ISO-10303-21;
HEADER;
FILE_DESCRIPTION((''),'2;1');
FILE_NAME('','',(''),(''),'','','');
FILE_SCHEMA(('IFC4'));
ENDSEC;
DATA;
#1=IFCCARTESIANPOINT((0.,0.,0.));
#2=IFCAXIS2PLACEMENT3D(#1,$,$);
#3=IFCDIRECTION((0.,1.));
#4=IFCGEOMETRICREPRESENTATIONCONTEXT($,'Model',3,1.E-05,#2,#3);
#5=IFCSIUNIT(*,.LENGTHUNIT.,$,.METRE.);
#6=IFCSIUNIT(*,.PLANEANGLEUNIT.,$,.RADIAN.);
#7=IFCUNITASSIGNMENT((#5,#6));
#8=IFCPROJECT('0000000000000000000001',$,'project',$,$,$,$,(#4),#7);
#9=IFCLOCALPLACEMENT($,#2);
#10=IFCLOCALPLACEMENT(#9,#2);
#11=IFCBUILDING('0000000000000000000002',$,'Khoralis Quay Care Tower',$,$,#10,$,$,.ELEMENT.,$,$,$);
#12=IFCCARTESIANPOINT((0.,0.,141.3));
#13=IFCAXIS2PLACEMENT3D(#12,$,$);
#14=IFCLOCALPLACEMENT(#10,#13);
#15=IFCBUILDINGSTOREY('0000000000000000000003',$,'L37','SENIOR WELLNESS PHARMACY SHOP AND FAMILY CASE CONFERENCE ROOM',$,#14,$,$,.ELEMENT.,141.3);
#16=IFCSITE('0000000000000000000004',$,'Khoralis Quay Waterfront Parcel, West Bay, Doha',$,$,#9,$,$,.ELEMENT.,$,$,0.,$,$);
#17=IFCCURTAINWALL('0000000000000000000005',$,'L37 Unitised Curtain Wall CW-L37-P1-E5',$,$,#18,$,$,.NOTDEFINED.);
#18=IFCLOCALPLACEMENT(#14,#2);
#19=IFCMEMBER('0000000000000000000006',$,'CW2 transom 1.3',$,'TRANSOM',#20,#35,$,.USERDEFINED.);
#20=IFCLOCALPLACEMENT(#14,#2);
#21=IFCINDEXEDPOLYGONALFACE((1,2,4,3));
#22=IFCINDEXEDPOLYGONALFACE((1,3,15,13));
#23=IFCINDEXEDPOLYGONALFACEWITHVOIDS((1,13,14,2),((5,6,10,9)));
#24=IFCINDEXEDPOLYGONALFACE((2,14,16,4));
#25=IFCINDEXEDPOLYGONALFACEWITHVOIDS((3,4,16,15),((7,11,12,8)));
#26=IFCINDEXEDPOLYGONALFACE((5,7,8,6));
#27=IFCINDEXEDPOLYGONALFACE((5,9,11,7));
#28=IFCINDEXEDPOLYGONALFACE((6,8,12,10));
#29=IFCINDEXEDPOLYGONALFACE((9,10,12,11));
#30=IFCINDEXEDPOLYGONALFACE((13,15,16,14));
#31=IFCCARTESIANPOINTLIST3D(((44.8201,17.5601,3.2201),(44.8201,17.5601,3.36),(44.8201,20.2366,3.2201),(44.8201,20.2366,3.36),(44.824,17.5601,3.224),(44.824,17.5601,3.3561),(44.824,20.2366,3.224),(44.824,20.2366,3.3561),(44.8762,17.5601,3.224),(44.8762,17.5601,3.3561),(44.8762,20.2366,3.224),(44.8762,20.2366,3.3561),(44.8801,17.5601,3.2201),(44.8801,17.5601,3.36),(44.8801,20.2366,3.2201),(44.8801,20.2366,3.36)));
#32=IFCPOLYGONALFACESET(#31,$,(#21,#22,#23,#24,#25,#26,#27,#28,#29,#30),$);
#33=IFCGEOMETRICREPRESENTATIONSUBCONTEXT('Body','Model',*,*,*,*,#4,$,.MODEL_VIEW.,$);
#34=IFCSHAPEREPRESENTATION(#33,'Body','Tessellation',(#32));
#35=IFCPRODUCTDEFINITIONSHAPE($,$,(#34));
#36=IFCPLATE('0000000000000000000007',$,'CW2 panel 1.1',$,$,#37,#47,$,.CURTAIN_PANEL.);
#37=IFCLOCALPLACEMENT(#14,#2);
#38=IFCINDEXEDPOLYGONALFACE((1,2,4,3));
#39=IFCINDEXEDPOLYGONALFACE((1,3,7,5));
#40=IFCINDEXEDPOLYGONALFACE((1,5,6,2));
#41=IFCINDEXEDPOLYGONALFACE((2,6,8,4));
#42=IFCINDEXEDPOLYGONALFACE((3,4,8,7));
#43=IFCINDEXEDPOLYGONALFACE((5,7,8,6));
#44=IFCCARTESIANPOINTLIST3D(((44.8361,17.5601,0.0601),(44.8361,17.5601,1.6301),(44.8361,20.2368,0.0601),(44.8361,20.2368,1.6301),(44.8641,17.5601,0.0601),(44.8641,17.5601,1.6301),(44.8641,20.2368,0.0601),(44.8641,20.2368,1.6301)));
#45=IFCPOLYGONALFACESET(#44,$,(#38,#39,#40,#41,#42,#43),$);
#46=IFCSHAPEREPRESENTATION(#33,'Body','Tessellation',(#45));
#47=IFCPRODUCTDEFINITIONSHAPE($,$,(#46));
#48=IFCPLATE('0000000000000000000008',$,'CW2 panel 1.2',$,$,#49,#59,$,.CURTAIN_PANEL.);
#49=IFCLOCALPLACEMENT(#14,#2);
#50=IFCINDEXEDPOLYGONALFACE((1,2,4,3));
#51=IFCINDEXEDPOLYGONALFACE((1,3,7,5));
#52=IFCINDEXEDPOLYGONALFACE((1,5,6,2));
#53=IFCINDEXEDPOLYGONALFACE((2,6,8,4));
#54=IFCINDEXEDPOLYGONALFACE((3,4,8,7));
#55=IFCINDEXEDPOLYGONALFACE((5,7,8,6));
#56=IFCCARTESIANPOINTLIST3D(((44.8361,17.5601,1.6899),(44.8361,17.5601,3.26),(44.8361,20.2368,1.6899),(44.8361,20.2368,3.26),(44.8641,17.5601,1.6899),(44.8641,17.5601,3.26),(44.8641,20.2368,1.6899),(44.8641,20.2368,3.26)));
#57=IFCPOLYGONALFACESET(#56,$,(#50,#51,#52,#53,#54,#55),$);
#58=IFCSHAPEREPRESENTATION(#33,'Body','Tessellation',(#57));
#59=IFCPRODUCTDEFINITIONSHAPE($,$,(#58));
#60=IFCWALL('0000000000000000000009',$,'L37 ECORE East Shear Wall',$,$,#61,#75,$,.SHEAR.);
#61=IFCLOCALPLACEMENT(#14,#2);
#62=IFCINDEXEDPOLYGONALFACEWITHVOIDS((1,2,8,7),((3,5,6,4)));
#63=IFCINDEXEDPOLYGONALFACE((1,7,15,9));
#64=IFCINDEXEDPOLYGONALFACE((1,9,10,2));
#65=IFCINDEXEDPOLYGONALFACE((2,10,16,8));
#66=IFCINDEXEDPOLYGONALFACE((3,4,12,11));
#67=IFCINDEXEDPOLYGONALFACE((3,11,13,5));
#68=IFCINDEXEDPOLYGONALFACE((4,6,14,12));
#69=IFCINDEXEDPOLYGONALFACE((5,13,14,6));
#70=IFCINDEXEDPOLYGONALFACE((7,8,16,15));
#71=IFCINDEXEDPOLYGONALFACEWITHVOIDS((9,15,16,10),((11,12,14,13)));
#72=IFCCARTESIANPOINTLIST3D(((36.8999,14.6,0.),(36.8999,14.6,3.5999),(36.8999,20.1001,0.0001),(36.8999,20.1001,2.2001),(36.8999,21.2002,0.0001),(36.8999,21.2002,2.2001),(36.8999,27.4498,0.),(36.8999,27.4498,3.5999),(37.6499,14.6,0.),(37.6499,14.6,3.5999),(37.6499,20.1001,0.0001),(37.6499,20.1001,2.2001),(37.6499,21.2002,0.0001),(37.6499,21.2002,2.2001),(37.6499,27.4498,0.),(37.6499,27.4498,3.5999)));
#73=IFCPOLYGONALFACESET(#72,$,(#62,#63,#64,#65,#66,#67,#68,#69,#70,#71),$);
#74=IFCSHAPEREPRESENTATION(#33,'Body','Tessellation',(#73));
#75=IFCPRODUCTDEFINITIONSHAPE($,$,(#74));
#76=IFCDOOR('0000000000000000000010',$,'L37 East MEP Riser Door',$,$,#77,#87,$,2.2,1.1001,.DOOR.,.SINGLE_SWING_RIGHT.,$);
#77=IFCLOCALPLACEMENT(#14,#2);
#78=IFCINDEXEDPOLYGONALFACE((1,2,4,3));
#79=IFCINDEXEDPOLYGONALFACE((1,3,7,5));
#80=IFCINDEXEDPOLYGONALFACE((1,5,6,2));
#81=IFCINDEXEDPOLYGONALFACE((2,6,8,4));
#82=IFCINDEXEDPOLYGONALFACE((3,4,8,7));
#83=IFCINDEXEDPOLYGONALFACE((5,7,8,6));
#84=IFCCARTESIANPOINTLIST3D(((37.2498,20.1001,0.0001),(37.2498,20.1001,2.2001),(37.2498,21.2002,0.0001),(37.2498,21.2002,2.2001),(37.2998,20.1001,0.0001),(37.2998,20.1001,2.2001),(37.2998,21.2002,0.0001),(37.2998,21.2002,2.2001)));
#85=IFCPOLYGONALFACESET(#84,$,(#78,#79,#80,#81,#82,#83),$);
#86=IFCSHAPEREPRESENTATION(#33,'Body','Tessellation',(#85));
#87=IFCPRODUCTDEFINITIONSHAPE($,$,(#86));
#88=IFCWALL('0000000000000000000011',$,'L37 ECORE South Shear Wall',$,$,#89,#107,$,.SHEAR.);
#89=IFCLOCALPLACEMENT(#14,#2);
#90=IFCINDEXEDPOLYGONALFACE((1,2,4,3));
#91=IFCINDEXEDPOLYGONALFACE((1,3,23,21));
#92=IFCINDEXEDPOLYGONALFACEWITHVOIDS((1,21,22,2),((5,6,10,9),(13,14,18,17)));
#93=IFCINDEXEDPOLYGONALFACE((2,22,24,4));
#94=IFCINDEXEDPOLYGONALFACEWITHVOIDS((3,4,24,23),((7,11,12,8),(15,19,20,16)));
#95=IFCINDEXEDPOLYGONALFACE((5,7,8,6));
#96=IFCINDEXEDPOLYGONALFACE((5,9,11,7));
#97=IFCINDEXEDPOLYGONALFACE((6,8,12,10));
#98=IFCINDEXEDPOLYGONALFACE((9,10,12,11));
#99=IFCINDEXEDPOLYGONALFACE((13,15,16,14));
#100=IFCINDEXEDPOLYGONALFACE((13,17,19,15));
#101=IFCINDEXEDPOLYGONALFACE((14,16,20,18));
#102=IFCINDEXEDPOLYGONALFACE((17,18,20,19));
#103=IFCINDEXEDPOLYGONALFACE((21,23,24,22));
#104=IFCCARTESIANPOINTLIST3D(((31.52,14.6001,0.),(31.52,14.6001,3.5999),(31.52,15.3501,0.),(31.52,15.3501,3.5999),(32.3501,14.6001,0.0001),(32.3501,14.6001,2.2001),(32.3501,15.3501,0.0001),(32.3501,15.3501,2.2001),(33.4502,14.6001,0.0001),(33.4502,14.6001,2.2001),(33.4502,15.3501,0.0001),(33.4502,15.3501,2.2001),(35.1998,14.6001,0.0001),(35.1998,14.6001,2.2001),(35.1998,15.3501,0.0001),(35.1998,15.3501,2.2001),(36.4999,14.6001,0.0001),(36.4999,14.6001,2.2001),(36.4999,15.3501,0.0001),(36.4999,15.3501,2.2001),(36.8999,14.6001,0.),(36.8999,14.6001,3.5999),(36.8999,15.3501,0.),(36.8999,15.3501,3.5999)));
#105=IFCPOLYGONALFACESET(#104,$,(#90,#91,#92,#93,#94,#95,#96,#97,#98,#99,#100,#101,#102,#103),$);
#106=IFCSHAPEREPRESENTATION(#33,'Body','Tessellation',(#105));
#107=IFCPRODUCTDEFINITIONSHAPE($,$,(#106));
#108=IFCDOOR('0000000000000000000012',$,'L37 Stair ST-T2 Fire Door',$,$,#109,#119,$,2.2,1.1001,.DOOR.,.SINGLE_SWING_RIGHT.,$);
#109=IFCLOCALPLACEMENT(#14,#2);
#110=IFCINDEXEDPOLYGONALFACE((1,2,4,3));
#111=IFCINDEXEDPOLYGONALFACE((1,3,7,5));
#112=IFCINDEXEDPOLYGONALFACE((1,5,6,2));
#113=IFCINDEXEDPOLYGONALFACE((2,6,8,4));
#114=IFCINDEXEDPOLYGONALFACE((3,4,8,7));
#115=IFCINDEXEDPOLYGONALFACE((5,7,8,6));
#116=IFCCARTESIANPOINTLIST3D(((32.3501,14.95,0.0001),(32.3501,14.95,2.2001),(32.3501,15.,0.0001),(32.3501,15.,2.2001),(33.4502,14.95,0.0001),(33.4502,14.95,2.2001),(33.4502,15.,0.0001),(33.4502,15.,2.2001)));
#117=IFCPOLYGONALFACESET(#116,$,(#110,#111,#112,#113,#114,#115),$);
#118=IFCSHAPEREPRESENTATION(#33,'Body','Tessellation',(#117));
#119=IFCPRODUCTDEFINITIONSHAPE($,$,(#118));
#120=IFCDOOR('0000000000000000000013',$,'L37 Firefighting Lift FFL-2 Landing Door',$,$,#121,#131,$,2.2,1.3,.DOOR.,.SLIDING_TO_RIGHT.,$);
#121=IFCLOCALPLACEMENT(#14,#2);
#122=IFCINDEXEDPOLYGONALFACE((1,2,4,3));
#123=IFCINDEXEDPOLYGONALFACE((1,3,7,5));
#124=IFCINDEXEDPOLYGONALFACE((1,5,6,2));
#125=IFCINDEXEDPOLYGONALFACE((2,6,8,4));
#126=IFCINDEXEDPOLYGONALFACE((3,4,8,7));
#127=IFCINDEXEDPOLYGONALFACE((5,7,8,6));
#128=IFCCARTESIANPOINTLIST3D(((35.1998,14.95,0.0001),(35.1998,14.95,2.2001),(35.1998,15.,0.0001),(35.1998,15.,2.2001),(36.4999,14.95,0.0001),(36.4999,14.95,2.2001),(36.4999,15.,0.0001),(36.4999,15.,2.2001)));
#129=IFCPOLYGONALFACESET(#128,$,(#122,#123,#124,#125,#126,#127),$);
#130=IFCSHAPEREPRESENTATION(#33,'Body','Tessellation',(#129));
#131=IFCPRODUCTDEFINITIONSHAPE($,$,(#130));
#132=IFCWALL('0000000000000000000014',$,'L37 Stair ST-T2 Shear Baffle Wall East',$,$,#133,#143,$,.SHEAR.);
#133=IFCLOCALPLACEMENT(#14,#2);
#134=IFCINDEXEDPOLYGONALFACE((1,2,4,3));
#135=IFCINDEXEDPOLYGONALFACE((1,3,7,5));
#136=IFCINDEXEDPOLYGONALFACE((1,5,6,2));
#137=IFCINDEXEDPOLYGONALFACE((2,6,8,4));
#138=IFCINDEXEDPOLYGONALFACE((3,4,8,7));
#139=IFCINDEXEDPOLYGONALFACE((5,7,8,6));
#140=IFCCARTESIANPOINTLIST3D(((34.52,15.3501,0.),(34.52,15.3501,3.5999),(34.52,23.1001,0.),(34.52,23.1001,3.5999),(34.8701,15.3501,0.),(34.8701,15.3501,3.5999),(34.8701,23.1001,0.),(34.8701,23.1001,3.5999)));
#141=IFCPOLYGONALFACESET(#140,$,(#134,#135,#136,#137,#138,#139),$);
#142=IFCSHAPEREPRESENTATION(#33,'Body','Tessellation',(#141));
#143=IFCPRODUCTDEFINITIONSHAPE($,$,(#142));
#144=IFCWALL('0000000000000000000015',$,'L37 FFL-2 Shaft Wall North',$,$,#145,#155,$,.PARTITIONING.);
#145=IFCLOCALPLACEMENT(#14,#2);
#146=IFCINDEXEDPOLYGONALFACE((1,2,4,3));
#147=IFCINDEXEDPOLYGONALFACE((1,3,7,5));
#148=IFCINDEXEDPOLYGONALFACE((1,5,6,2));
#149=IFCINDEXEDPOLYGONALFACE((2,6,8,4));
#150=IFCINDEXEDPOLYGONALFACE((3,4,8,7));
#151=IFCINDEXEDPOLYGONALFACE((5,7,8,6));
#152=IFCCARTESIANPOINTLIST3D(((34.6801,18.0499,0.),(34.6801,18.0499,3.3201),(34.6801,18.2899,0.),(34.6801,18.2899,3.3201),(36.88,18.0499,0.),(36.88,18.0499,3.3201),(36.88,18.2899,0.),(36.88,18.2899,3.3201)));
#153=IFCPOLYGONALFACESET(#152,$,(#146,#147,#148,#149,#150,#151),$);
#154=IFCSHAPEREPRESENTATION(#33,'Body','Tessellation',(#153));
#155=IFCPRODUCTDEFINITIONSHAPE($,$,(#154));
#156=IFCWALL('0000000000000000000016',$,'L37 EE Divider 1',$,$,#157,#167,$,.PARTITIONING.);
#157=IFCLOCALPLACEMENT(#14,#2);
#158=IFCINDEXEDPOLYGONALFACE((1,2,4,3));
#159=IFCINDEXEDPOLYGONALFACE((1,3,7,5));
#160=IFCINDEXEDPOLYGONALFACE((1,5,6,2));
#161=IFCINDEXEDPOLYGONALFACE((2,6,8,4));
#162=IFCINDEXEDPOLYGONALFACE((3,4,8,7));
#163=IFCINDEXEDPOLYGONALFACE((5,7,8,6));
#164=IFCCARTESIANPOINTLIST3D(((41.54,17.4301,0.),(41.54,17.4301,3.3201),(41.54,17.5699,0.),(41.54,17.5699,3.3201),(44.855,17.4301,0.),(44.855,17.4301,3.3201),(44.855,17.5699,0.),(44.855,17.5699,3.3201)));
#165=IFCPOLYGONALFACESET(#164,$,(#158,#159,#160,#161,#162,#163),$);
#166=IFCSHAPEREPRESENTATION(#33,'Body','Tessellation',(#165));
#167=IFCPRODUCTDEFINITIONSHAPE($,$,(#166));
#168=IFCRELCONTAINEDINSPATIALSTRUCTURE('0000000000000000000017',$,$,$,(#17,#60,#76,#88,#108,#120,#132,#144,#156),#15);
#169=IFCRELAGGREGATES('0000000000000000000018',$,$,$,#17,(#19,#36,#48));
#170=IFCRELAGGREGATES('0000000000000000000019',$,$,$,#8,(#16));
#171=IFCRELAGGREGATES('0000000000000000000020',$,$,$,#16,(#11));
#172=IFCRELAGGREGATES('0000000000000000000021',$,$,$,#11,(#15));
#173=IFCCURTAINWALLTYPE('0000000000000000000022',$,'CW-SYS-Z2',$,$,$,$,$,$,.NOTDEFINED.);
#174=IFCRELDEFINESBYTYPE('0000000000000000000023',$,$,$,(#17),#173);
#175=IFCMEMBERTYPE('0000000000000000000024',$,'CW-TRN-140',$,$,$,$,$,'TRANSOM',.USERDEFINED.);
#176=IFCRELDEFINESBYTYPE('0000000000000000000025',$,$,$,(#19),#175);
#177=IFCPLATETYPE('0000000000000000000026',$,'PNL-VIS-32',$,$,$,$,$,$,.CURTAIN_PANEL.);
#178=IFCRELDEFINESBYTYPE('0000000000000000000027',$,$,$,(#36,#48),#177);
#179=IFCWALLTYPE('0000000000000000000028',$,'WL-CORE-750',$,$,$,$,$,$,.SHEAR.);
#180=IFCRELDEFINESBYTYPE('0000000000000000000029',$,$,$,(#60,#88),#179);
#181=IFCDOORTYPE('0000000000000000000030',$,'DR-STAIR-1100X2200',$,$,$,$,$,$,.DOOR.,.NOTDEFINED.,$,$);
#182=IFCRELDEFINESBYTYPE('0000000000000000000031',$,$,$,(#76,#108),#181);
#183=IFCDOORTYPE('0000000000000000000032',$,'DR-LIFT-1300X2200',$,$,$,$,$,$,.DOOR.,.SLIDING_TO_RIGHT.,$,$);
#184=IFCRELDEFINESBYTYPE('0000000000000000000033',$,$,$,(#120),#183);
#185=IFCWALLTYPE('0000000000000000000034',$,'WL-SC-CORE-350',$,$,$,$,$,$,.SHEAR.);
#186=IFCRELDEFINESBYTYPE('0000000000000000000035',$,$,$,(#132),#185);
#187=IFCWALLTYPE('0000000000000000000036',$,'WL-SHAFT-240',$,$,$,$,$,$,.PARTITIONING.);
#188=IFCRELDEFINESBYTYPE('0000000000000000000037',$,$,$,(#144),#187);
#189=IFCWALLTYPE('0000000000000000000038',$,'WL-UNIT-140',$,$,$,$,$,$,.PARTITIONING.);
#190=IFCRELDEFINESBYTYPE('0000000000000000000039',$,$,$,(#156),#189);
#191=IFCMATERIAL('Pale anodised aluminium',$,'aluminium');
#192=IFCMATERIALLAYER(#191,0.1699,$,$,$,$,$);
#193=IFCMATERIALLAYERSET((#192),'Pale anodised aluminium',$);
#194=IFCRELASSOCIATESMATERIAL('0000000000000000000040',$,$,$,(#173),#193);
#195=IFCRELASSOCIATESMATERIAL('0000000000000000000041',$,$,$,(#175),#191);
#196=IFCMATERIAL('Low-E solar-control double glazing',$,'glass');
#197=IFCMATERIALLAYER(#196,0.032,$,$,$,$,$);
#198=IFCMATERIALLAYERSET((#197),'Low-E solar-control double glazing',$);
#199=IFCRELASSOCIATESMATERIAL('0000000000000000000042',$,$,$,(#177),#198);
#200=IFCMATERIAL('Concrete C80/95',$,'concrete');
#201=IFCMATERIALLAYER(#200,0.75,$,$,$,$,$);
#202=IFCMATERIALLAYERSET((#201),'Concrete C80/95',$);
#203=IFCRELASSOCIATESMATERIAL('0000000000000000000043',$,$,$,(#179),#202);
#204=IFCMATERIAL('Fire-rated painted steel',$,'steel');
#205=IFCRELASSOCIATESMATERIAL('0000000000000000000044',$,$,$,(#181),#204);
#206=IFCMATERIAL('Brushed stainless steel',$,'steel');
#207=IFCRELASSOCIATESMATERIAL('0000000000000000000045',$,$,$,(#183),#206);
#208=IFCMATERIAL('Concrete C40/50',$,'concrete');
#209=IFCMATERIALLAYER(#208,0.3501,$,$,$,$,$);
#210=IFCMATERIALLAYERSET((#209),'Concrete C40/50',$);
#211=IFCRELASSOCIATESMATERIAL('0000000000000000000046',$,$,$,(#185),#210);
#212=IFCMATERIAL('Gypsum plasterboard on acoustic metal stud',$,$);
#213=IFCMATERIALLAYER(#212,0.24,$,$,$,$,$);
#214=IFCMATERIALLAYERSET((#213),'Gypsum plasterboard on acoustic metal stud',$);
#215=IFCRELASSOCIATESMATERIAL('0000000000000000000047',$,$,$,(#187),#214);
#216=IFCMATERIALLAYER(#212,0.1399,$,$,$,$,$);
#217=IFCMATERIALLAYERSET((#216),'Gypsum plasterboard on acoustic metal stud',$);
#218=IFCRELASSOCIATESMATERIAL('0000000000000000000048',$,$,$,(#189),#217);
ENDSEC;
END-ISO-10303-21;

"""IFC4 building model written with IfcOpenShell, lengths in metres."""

from ifc_helpers import new_model, si_unit, direction, frame, frame_2d, origin, origin_2d, place, context, subcontext, project, spatial, rectangle, hollow_rectangle, extrude, source, transform, mapped, material, layer, layer_set, material_profile, profile_set, type_object, element, fill, aggregate, save


model = new_model("IFC4")

# Units and contexts
model_context = context("Model", 3, precision=1e-05, world=origin(), true_north=direction((0.0, 1.0)))
body_context = subcontext(model_context, "Body", "Model", "MODEL_VIEW")
ifc_project = project(units=[si_unit("LENGTHUNIT", "METRE"), si_unit("PLANEANGLEUNIT", "RADIAN")], contexts=[model_context])

# Site, building, storey
site_placement = place(None, origin())
site = spatial("IfcSite", under=ifc_project, at=site_placement, Name="Khoralis Quay Waterfront Parcel, West Bay, Doha", CompositionType="ELEMENT", RefElevation=0.0)
building_placement = place(site_placement, origin())
building = spatial("IfcBuilding", under=site, at=building_placement, Name="Khoralis Quay Care Tower", CompositionType="ELEMENT")
storey_placement = place(building_placement, frame((0.0, 0.0, 141.3)))
storey = spatial("IfcBuildingStorey", under=building, at=storey_placement, Name="L37", Description="SENIOR WELLNESS PHARMACY SHOP AND FAMILY CASE CONFERENCE ROOM", CompositionType="ELEMENT", Elevation=141.3)

# Curtain wall, member, plates
ifc_material_1 = material(Name="Pale anodised aluminium", Category="aluminium")
ifc_layer_1 = layer(ifc_material_1, 0.1699)
ifc_layer_set_1 = layer_set([ifc_layer_1], Name="Pale anodised aluminium")
curtain_wall_type = type_object("IfcCurtainWallType", Name="CW-SYS-Z2", PredefinedType="NOTDEFINED", material=ifc_layer_set_1)
curtain_wall_placement = place(storey_placement, origin())
curtain_wall = element("IfcCurtainWall", 1, at=curtain_wall_placement, inside=storey, type_object=curtain_wall_type, Name="L37 Unitised Curtain Wall CW-L37-P1-E5", PredefinedType="NOTDEFINED")
ifc_material_profile_1 = material_profile(ifc_material_1, hollow_rectangle(XDim=0.0601, YDim=0.1399, WallThickness=0.0039, at=origin_2d()), Name="Pale anodised aluminium")
ifc_profile_set_1 = profile_set([ifc_material_profile_1], Name="Pale anodised aluminium")
member_type_1 = type_object("IfcMemberType", Name="CW-TRN-140", ElementType="TRANSOM", PredefinedType="USERDEFINED", material=ifc_profile_set_1)
shared_shape_1 = source(origin(), body_context, "Body", "SweptSolid", [
    extrude(hollow_rectangle(XDim=0.0601, YDim=0.1399, WallThickness=0.0039, at=origin_2d()), origin(), (0.0, 0.0, 1.0), 2.6765),
])
member_1_placement = place(storey_placement, frame((44.8501, 17.5601, 3.29), z_axis=(0.0, 1.0, 0.0), x_axis=(-1.0, 0.0, 0.0)))
member_1 = element("IfcMember", 2, at=member_1_placement, type_object=member_type_1, Name="CW2 transom 1.3", ObjectType="TRANSOM", PredefinedType="USERDEFINED", context=body_context, shape_type="MappedRepresentation", body=[
    mapped(shared_shape_1, transform((0.0, 0.0, 0.0), scale=1.0)),
])
ifc_material_2 = material(Name="Low-E solar-control double glazing", Category="glass")
ifc_layer_2 = layer(ifc_material_2, 0.032)
ifc_layer_set_2 = layer_set([ifc_layer_2], Name="Low-E solar-control double glazing")
plate_type = type_object("IfcPlateType", Name="PNL-VIS-32", PredefinedType="CURTAIN_PANEL", material=ifc_layer_set_2)
shared_shape_2 = source(origin(), body_context, "Body", "SweptSolid", [
    extrude(rectangle(XDim=2.6768, YDim=0.0281, at=origin_2d()), origin(), (0.0, 0.0, 1.0), 1.5701),
])
plate_1_placement = place(storey_placement, frame((44.8501, 18.8984, 0.0601), z_axis=(0.0, 0.0, 1.0), x_axis=(0.0, 1.0, 0.0)))
plate_1 = element("IfcPlate", 3, at=plate_1_placement, type_object=plate_type, Name="CW2 panel 1.1", PredefinedType="CURTAIN_PANEL", context=body_context, shape_type="MappedRepresentation", body=[
    mapped(shared_shape_2, transform((0.0, 0.0, 0.0), scale=1.0)),
])
plate_2_placement = place(storey_placement, frame((44.8501, 18.8984, 1.6899), z_axis=(0.0, 0.0, 1.0), x_axis=(0.0, 1.0, 0.0)))
plate_2 = element("IfcPlate", 4, at=plate_2_placement, type_object=plate_type, Name="CW2 panel 1.2", PredefinedType="CURTAIN_PANEL", context=body_context, shape_type="MappedRepresentation", body=[
    mapped(shared_shape_2, transform((0.0, 0.0, 0.0), scale=1.0)),
])
aggregate(curtain_wall, [member_1, plate_1, plate_2])

# Wall, opening, door
ifc_material_3 = material(Name="Concrete C80/95", Category="concrete")
ifc_layer_3 = layer(ifc_material_3, 0.75)
ifc_layer_set_3 = layer_set([ifc_layer_3], Name="Concrete C80/95")
wall_type_1 = type_object("IfcWallType", Name="WL-CORE-750", PredefinedType="SHEAR", material=ifc_layer_set_3)
wall_1_placement = place(storey_placement, frame((37.2749, 14.6001, 0.0), z_axis=(0.0, 0.0, 1.0), x_axis=(0.0, 1.0, 0.0)))
wall_1 = element("IfcWall", 5, at=wall_1_placement, inside=storey, type_object=wall_type_1, Name="L37 ECORE East Shear Wall", PredefinedType="SHEAR", context=body_context, shape_type="SweptSolid", body=[
    extrude(rectangle(XDim=12.8499, YDim=0.75, at=frame_2d((6.4248, 0.0))), origin(), (0.0, 0.0, 1.0), 3.5999),
])
opening_1_placement = place(wall_1_placement, frame((5.5, 0.0, 0.0)))
opening_1 = element("IfcOpeningElement", 6, at=opening_1_placement, cuts=wall_1, PredefinedType="OPENING", context=body_context, shape_type="SweptSolid", body=[
    extrude(rectangle(XDim=1.1001, YDim=2.2, at=frame_2d((0.55, 1.1001))), frame((0.0, 0.385, 0.0), z_axis=(0.0, -1.0, 0.0), x_axis=(1.0, 0.0, 0.0)), (0.0, 0.0, 1.0), 0.77),
])
ifc_material_4 = material(Name="Fire-rated painted steel", Category="steel")
door_type_1 = type_object("IfcDoorType", Name="DR-STAIR-1100X2200", OperationType="NOTDEFINED", PredefinedType="DOOR", material=ifc_material_4)
shared_shape_3 = source(origin(), body_context, "Body", "SweptSolid", [
    extrude(rectangle(XDim=1.1001, YDim=2.2, at=frame_2d((0.55, 1.1001))), frame((0.0, 0.0249, 0.0), z_axis=(0.0, -1.0, 0.0), x_axis=(1.0, 0.0, 0.0)), (0.0, 0.0, 1.0), 0.05),
])
door_1_placement = place(opening_1_placement, frame((1.1001, 0.0, 0.0), z_axis=(0.0, 0.0, 1.0), x_axis=(-1.0, 0.0, 0.0)))
door_1 = element("IfcDoor", 7, at=door_1_placement, inside=storey, type_object=door_type_1, Name="L37 East MEP Riser Door", OperationType="SINGLE_SWING_RIGHT", OverallHeight=2.2, OverallWidth=1.1001, PredefinedType="DOOR", context=body_context, shape_type="MappedRepresentation", body=[
    mapped(shared_shape_3, transform((0.0, 0.0, 0.0), scale=1.0)),
])
fill(opening_1, door_1)

# Wall, openings, doors
wall_2_placement = place(storey_placement, frame((31.52, 14.9751, 0.0), z_axis=(0.0, 0.0, 1.0), x_axis=(1.0, 0.0, 0.0)))
wall_2 = element("IfcWall", 8, at=wall_2_placement, inside=storey, type_object=wall_type_1, Name="L37 ECORE South Shear Wall", PredefinedType="SHEAR", context=body_context, shape_type="SweptSolid", body=[
    extrude(rectangle(XDim=5.3799, YDim=0.75, at=frame_2d((2.6899, 0.0))), origin(), (0.0, 0.0, 1.0), 3.5999),
])
opening_2_placement = place(wall_2_placement, frame((0.8301, 0.0, 0.0)))
opening_2 = element("IfcOpeningElement", 9, at=opening_2_placement, cuts=wall_2, PredefinedType="OPENING", context=body_context, shape_type="SweptSolid", body=[
    extrude(rectangle(XDim=1.1001, YDim=2.2, at=frame_2d((0.55, 1.1001))), frame((0.0, 0.385, 0.0), z_axis=(0.0, -1.0, 0.0), x_axis=(1.0, 0.0, 0.0)), (0.0, 0.0, 1.0), 0.77),
])
opening_3_placement = place(wall_2_placement, frame((3.6799, 0.0, 0.0)))
opening_3 = element("IfcOpeningElement", 10, at=opening_3_placement, cuts=wall_2, PredefinedType="OPENING", context=body_context, shape_type="SweptSolid", body=[
    extrude(rectangle(XDim=1.3, YDim=2.2, at=frame_2d((0.6499, 1.1001))), frame((0.0, 0.385, 0.0), z_axis=(0.0, -1.0, 0.0), x_axis=(1.0, 0.0, 0.0)), (0.0, 0.0, 1.0), 0.77),
])
door_2_placement = place(opening_2_placement, origin())
door_2 = element("IfcDoor", 11, at=door_2_placement, inside=storey, type_object=door_type_1, Name="L37 Stair ST-T2 Fire Door", OperationType="SINGLE_SWING_RIGHT", OverallHeight=2.2, OverallWidth=1.1001, PredefinedType="DOOR", context=body_context, shape_type="MappedRepresentation", body=[
    mapped(shared_shape_3, transform((0.0, 0.0, 0.0), scale=1.0)),
])
fill(opening_2, door_2)
ifc_material_5 = material(Name="Brushed stainless steel", Category="steel")
door_type_2 = type_object("IfcDoorType", Name="DR-LIFT-1300X2200", OperationType="SLIDING_TO_RIGHT", PredefinedType="DOOR", material=ifc_material_5)
shared_shape_4 = source(origin(), body_context, "Body", "SweptSolid", [
    extrude(rectangle(XDim=1.3, YDim=2.2, at=frame_2d((0.6499, 1.1001))), frame((0.0, 0.0249, 0.0), z_axis=(0.0, -1.0, 0.0), x_axis=(1.0, 0.0, 0.0)), (0.0, 0.0, 1.0), 0.05),
])
door_3_placement = place(opening_3_placement, origin())
door_3 = element("IfcDoor", 12, at=door_3_placement, inside=storey, type_object=door_type_2, Name="L37 Firefighting Lift FFL-2 Landing Door", OperationType="SLIDING_TO_RIGHT", OverallHeight=2.2, OverallWidth=1.3, PredefinedType="DOOR", context=body_context, shape_type="MappedRepresentation", body=[
    mapped(shared_shape_4, transform((0.0, 0.0, 0.0), scale=1.0)),
])
fill(opening_3, door_3)

# Walls
ifc_material_6 = material(Name="Concrete C40/50", Category="concrete")
ifc_layer_4 = layer(ifc_material_6, 0.3501)
ifc_layer_set_4 = layer_set([ifc_layer_4], Name="Concrete C40/50")
wall_type_2 = type_object("IfcWallType", Name="WL-SC-CORE-350", PredefinedType="SHEAR", material=ifc_layer_set_4)
wall_3_placement = place(storey_placement, frame((34.6951, 15.3501, 0.0), z_axis=(0.0, 0.0, 1.0), x_axis=(0.0, 1.0, 0.0)))
element("IfcWall", 13, at=wall_3_placement, inside=storey, type_object=wall_type_2, Name="L37 Stair ST-T2 Shear Baffle Wall East", PredefinedType="SHEAR", context=body_context, shape_type="SweptSolid", body=[
    extrude(rectangle(XDim=7.75, YDim=0.3501, at=frame_2d((3.875, 0.0))), origin(), (0.0, 0.0, 1.0), 3.5999),
])
ifc_material_7 = material(Name="Gypsum plasterboard on acoustic metal stud")
ifc_layer_5 = layer(ifc_material_7, 0.24)
ifc_layer_set_5 = layer_set([ifc_layer_5], Name="Gypsum plasterboard on acoustic metal stud")
wall_type_3 = type_object("IfcWallType", Name="WL-SHAFT-240", PredefinedType="PARTITIONING", material=ifc_layer_set_5)
wall_4_placement = place(storey_placement, frame((34.6799, 18.1699, 0.0), z_axis=(0.0, 0.0, 1.0), x_axis=(1.0, 0.0, 0.0)))
element("IfcWall", 14, at=wall_4_placement, inside=storey, type_object=wall_type_3, Name="L37 FFL-2 Shaft Wall North", PredefinedType="PARTITIONING", context=body_context, shape_type="SweptSolid", body=[
    extrude(rectangle(XDim=2.2, YDim=0.24, at=frame_2d((1.1001, 0.0))), origin(), (0.0, 0.0, 1.0), 3.3201),
])
ifc_layer_6 = layer(ifc_material_7, 0.1399)
ifc_layer_set_6 = layer_set([ifc_layer_6], Name="Gypsum plasterboard on acoustic metal stud")
wall_type_4 = type_object("IfcWallType", Name="WL-UNIT-140", PredefinedType="PARTITIONING", material=ifc_layer_set_6)
wall_5_placement = place(storey_placement, frame((41.54, 17.5, 0.0), z_axis=(0.0, 0.0, 1.0), x_axis=(1.0, 0.0, 0.0)))
element("IfcWall", 15, at=wall_5_placement, inside=storey, type_object=wall_type_4, Name="L37 EE Divider 1", PredefinedType="PARTITIONING", context=body_context, shape_type="SweptSolid", body=[
    extrude(rectangle(XDim=3.3149, YDim=0.1399, at=frame_2d((1.6575, 0.0))), origin(), (0.0, 0.0, 1.0), 3.3201),
])

save(model, "model.ifc")
